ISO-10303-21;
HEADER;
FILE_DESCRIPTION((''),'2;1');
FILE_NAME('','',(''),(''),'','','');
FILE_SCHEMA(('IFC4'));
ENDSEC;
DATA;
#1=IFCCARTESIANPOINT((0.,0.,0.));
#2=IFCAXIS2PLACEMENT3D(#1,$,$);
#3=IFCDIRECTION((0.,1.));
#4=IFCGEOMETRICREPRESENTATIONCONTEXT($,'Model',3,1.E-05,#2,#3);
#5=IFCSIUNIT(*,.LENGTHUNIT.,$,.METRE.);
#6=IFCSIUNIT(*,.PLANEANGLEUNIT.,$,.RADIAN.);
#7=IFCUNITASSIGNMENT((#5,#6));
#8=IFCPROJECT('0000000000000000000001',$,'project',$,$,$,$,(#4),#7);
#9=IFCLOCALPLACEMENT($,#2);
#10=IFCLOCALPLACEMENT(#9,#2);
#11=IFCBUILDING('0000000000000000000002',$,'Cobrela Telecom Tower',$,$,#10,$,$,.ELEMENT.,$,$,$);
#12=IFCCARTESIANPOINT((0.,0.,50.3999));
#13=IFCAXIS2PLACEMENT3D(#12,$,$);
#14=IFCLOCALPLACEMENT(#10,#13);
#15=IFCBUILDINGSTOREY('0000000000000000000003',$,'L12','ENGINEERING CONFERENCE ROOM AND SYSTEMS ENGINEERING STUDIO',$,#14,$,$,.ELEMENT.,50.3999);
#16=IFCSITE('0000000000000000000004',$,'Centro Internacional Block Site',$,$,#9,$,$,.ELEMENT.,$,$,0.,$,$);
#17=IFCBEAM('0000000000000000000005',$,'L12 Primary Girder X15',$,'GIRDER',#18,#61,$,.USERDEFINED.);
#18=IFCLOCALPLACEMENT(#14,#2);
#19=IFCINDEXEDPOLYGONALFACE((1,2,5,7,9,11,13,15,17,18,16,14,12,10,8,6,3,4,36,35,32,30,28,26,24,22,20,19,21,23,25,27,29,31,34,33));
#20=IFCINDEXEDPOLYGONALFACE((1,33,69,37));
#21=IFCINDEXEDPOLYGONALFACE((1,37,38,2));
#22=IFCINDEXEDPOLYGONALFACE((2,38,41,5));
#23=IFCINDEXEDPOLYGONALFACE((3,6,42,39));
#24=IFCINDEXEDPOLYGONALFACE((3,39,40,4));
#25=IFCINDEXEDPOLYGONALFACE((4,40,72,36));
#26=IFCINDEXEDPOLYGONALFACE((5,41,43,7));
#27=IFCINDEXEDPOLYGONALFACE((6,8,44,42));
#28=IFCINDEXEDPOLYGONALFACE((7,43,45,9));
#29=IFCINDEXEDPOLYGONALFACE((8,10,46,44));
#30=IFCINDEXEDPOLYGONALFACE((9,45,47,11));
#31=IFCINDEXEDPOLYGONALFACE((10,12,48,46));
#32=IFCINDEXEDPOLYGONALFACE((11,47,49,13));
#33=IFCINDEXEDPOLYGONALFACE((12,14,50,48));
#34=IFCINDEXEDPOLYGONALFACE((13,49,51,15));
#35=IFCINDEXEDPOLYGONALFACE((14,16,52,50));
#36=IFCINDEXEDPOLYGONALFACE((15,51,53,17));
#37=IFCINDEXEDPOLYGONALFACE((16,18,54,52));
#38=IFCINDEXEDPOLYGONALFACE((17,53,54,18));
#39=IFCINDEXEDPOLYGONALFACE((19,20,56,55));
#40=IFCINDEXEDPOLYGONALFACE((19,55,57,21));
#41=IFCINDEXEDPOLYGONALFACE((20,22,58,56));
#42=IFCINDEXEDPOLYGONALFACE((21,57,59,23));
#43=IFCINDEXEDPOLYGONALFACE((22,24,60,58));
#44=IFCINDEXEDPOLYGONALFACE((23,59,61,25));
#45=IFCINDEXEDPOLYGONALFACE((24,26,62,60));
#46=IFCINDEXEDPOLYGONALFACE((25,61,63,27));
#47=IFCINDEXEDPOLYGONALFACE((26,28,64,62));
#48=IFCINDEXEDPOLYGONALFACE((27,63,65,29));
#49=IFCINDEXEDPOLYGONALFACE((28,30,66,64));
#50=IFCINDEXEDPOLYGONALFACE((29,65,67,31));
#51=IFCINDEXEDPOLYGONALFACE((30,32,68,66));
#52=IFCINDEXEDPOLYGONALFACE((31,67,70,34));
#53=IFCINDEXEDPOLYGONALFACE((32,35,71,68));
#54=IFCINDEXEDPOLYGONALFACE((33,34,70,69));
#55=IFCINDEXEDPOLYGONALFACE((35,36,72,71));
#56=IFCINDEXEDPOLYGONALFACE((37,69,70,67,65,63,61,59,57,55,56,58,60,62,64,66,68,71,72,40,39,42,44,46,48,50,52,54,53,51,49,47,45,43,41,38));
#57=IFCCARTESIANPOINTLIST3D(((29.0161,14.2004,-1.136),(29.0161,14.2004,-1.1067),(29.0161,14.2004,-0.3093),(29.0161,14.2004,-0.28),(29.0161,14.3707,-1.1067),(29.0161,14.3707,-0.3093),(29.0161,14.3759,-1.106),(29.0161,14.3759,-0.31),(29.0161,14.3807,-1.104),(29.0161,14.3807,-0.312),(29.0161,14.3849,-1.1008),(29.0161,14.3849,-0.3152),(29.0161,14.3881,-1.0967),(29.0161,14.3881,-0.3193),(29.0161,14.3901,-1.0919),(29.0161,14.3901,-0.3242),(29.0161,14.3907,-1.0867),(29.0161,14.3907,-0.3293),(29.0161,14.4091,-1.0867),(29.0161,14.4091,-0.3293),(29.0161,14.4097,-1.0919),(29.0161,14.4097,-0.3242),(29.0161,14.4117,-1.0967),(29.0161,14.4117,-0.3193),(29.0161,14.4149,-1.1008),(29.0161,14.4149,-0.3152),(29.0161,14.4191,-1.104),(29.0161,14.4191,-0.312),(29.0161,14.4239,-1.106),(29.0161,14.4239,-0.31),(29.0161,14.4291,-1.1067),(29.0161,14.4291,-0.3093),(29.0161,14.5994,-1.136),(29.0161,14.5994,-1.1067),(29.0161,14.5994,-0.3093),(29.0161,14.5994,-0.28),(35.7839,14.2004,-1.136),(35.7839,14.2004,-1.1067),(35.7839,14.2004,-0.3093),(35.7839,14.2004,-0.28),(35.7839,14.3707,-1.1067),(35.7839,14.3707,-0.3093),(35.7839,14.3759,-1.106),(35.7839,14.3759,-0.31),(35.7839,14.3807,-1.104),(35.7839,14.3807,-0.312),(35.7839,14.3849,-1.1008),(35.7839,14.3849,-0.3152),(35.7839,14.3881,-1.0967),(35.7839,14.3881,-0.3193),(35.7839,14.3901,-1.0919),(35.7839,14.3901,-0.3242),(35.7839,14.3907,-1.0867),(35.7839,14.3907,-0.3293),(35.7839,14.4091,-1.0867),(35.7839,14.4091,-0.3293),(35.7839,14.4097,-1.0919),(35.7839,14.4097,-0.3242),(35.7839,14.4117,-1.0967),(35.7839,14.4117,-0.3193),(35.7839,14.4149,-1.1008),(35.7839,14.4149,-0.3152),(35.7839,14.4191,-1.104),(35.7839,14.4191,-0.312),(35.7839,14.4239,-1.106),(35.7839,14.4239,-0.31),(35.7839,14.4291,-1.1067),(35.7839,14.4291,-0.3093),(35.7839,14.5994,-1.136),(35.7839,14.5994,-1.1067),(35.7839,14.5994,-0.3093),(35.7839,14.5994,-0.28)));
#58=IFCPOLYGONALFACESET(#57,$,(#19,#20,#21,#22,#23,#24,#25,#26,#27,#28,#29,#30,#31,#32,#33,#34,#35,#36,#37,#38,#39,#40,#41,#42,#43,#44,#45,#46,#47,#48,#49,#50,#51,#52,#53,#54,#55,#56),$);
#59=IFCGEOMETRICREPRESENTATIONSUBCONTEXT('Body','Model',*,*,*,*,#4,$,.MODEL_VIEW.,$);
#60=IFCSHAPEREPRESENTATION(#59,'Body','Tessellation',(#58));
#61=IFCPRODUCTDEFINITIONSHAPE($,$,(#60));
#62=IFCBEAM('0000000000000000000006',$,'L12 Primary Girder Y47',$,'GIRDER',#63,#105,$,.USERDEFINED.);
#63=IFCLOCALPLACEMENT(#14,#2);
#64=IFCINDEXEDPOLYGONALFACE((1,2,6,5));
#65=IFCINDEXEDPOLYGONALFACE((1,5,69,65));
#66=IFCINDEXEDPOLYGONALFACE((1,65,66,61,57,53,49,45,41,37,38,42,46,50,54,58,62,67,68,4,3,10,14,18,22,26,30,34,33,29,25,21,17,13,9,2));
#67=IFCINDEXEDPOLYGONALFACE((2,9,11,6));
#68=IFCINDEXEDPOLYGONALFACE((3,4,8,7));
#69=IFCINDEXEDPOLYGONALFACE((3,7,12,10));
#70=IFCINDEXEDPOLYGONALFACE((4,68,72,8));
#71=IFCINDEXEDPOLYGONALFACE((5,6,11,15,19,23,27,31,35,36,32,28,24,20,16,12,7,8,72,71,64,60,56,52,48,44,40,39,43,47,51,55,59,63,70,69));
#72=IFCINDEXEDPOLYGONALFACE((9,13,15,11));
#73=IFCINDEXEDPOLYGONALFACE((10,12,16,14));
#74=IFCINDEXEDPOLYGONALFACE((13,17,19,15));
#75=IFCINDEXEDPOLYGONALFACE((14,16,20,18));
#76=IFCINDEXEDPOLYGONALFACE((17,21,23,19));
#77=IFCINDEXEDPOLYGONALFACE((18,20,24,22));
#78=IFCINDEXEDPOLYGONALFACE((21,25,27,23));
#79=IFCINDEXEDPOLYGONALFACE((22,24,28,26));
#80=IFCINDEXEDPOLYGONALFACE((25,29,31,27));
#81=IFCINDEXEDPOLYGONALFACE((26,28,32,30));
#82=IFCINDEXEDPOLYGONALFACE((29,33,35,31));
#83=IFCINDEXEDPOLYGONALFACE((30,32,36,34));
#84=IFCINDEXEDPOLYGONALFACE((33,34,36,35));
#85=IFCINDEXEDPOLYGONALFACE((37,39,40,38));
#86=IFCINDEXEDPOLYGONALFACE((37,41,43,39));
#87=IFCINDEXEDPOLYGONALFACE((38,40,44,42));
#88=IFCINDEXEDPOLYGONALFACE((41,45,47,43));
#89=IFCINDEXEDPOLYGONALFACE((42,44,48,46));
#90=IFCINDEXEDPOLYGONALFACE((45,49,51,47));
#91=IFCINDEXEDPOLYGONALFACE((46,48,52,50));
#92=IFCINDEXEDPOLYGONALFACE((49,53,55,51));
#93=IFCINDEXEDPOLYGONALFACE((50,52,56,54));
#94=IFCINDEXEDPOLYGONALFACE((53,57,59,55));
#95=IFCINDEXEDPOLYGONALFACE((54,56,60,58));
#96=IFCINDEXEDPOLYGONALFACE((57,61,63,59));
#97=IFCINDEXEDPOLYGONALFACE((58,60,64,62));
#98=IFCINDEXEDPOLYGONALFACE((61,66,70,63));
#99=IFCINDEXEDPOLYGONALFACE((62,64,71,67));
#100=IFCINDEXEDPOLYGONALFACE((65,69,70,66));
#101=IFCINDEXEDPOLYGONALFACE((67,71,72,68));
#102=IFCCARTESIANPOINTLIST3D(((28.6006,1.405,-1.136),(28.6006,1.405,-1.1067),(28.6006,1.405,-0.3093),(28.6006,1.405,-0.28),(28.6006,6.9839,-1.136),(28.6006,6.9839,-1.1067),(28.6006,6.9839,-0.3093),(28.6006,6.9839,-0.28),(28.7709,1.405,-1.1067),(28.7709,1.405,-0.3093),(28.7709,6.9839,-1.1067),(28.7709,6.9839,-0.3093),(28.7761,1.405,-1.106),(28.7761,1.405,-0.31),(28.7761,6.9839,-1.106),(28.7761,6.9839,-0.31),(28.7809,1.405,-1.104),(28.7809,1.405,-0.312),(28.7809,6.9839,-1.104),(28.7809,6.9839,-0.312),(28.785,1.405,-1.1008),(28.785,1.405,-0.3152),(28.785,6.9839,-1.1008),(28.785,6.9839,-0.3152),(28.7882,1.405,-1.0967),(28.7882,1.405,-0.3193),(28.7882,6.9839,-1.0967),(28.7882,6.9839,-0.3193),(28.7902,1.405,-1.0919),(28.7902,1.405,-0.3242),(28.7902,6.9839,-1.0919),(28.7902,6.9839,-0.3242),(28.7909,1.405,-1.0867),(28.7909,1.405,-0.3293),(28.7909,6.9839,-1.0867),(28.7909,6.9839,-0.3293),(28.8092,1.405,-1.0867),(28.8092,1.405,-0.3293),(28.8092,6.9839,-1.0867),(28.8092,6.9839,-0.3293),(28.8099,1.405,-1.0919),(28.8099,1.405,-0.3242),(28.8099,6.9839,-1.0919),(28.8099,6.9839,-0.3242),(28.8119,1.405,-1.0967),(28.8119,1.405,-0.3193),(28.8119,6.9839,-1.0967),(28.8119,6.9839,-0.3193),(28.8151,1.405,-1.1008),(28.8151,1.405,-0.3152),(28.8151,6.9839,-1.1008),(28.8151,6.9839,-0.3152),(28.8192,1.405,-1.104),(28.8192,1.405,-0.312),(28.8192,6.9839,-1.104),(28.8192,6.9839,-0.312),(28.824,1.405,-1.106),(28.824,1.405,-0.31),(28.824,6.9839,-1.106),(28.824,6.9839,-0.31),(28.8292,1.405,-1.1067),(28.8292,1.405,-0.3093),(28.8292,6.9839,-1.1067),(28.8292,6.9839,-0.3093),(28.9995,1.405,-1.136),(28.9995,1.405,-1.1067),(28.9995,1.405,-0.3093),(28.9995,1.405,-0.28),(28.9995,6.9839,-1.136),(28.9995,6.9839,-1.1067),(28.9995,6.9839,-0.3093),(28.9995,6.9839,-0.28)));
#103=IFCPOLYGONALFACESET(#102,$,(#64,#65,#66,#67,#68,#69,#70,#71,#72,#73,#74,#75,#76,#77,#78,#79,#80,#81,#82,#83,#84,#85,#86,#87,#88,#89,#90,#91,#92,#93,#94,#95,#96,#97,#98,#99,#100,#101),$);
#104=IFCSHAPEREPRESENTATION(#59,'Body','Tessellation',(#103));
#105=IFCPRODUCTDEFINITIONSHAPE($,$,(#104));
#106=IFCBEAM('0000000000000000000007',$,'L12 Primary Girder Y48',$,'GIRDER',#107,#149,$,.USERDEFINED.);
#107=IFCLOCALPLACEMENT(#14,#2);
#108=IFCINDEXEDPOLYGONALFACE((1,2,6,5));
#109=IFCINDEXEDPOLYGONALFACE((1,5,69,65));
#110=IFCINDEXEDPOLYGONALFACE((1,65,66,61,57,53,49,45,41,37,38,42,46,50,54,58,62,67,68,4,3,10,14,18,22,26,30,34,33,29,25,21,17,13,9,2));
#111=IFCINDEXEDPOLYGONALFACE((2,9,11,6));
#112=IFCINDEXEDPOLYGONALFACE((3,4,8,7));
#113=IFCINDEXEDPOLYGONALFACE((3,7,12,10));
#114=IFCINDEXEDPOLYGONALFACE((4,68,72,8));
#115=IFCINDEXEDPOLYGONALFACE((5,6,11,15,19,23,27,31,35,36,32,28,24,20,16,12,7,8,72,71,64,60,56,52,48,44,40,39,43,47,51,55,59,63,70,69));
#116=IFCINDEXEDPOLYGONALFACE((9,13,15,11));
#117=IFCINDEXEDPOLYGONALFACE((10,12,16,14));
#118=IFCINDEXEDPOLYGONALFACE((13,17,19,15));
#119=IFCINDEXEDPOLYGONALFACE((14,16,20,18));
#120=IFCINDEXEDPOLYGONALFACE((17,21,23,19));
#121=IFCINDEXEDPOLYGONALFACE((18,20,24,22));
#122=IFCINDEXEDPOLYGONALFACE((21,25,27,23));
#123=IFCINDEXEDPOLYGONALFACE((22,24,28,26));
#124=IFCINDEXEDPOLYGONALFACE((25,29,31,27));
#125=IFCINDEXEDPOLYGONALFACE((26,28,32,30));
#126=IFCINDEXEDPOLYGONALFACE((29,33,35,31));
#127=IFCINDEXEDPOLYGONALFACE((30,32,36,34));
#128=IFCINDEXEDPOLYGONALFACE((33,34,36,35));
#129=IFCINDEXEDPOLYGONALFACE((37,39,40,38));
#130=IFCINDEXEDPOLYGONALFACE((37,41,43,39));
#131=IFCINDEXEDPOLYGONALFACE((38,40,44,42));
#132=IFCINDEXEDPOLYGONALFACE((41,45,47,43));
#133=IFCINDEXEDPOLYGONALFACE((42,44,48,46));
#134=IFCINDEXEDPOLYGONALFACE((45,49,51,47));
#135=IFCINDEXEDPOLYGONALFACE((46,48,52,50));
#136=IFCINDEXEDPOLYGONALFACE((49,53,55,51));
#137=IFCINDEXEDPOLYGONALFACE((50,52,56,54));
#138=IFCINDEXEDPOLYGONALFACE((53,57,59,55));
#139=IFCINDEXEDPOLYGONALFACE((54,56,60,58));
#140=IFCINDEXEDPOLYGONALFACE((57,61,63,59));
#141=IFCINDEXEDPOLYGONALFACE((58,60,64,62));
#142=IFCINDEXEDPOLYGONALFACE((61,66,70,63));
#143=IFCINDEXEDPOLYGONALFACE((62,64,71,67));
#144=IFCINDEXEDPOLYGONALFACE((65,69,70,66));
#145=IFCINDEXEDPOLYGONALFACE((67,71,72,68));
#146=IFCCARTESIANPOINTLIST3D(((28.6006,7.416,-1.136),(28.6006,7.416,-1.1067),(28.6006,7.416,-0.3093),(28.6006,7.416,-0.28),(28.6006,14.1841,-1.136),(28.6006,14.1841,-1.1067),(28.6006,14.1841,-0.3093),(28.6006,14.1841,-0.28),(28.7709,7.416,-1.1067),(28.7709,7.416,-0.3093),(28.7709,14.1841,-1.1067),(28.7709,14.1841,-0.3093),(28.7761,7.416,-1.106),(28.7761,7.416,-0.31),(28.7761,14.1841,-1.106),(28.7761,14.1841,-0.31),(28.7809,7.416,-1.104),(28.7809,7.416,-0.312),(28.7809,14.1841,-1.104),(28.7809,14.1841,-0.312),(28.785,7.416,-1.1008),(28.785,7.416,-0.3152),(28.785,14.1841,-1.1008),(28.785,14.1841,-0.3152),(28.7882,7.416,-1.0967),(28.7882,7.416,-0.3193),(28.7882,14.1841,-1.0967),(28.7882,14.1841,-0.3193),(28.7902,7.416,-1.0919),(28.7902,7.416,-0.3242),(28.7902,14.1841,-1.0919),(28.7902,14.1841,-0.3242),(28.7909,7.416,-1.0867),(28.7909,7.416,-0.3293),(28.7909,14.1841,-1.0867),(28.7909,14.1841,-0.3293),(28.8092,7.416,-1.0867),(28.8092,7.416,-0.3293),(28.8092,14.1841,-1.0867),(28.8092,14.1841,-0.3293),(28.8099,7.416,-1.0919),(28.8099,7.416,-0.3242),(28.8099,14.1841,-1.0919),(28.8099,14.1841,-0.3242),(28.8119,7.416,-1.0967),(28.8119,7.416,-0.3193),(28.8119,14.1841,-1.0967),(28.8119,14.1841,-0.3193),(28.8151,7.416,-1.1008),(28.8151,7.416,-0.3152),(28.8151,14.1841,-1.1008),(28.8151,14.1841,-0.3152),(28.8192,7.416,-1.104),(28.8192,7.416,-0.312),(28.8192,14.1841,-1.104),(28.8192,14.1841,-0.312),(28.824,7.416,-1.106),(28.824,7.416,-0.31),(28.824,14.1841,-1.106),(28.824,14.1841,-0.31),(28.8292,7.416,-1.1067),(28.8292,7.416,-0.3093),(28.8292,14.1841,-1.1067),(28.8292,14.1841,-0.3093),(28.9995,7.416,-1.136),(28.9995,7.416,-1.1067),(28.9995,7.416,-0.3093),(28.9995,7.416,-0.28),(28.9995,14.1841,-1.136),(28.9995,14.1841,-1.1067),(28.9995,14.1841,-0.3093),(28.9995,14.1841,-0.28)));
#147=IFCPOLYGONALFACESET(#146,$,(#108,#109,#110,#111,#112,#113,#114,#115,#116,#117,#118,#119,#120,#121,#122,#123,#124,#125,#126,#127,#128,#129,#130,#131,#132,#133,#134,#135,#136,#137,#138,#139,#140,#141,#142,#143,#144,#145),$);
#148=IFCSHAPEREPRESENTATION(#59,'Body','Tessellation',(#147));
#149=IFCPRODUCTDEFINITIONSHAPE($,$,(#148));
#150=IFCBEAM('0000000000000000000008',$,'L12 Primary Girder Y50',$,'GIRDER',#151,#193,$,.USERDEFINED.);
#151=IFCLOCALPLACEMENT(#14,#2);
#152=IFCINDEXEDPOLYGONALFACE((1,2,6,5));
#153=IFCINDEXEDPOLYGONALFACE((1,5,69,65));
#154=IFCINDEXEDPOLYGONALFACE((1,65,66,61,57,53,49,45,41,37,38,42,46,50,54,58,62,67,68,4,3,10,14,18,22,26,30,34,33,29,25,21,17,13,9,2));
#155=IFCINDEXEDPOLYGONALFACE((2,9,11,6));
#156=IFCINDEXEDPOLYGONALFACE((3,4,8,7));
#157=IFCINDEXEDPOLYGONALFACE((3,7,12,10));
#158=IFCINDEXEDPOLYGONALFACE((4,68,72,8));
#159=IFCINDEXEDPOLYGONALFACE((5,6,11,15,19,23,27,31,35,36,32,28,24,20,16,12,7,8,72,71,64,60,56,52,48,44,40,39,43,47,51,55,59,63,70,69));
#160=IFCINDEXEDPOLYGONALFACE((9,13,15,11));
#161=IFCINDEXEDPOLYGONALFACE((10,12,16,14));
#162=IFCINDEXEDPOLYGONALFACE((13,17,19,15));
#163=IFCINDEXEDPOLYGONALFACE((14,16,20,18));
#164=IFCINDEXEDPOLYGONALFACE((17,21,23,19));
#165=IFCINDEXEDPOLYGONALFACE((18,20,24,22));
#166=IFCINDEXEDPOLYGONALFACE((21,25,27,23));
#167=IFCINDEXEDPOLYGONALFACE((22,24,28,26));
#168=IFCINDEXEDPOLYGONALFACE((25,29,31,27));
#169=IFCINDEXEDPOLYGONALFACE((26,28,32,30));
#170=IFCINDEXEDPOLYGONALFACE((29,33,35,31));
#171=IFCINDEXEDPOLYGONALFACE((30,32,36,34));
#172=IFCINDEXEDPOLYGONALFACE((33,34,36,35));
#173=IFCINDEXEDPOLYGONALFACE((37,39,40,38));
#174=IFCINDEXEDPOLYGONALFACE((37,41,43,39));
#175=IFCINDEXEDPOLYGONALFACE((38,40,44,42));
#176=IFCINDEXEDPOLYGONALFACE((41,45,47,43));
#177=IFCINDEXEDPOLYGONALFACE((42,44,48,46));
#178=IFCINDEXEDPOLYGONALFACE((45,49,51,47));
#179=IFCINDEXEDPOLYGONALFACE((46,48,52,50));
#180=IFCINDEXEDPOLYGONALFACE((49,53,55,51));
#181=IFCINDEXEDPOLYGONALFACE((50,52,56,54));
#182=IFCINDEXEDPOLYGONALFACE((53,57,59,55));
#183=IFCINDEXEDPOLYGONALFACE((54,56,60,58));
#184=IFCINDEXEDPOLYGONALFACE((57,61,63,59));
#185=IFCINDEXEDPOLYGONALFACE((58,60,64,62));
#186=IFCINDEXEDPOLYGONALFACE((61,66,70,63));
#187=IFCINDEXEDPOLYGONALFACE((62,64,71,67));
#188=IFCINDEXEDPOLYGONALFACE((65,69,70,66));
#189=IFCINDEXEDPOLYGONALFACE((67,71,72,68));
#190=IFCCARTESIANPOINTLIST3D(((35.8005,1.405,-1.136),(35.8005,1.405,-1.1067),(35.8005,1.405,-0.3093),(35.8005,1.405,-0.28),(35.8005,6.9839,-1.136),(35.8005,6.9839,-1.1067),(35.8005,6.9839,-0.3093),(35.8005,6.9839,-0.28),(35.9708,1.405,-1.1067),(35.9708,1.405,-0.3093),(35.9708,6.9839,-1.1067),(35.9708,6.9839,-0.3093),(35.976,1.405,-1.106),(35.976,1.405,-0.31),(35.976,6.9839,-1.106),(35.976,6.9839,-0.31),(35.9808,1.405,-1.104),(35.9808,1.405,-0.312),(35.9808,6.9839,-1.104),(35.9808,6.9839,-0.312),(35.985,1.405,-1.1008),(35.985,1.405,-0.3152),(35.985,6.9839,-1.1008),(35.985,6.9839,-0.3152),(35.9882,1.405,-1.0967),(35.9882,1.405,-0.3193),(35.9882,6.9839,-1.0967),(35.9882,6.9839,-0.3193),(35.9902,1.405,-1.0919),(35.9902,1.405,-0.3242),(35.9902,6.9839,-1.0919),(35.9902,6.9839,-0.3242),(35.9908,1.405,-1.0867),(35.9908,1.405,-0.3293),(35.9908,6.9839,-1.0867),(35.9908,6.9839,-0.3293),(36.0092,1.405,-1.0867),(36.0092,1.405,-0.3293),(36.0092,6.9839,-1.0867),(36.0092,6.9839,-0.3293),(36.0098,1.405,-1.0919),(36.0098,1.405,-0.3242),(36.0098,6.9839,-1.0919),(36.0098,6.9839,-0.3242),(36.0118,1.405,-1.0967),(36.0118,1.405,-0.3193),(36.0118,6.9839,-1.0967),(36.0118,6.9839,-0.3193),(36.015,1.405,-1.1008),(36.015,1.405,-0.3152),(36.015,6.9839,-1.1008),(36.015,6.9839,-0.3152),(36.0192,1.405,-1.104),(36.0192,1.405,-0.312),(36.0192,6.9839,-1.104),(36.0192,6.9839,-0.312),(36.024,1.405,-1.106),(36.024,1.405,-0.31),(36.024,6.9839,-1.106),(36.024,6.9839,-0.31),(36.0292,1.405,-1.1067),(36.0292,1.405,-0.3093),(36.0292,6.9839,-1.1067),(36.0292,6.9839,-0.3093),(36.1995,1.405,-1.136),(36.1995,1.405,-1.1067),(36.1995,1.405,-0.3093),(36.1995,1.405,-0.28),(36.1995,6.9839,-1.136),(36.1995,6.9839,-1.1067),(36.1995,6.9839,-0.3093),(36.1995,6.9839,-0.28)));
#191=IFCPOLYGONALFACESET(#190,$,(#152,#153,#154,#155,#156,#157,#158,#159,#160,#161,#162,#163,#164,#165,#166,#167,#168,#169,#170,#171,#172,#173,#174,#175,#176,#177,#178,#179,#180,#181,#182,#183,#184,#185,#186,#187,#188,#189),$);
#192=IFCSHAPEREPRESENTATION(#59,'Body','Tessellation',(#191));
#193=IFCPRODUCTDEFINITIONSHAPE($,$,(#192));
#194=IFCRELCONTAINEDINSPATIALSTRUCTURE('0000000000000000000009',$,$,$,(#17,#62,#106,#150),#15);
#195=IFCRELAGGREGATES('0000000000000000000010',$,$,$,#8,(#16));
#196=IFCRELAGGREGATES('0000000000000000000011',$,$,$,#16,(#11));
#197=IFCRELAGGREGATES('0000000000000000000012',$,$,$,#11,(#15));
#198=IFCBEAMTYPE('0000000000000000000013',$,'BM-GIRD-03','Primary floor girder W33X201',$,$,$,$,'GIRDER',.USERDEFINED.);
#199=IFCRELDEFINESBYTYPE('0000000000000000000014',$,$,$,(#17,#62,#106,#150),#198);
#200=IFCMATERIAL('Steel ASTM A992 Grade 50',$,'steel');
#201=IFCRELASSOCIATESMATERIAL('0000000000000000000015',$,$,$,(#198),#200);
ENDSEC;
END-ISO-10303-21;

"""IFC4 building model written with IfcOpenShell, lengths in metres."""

from ifc_helpers import new_model, si_unit, direction, frame, origin, origin_2d, place, context, subcontext, project, spatial, i_section, extrude, material, material_profile, profile_set, type_object, element, save


model = new_model("IFC4")

# Units and contexts
model_context = context("Model", 3, precision=1e-05, world=origin(), true_north=direction((0.0, 1.0)))
body_context = subcontext(model_context, "Body", "Model", "MODEL_VIEW")
ifc_project = project(units=[si_unit("LENGTHUNIT", "METRE"), si_unit("PLANEANGLEUNIT", "RADIAN")], contexts=[model_context])

# Site, building, storey
site_placement = place(None, origin())
site = spatial("IfcSite", under=ifc_project, at=site_placement, Name="Centro Internacional Block Site", CompositionType="ELEMENT", RefElevation=0.0)
building_placement = place(site_placement, origin())
building = spatial("IfcBuilding", under=site, at=building_placement, Name="Cobrela Telecom Tower", CompositionType="ELEMENT")
storey_placement = place(building_placement, frame((0.0, 0.0, 50.3999)))
storey = spatial("IfcBuildingStorey", under=building, at=storey_placement, Name="L12", Description="ENGINEERING CONFERENCE ROOM AND SYSTEMS ENGINEERING STUDIO", CompositionType="ELEMENT", Elevation=50.3999)

# Shared definitions
ifc_material_1 = material(Name="Steel ASTM A992 Grade 50", Category="steel")

# Beams
ifc_material_profile_1 = material_profile(ifc_material_1, i_section(OverallWidth=0.3989, OverallDepth=0.856, WebThickness=0.0183, FlangeThickness=0.0293, FilletRadius=0.02, at=origin_2d()), Name="W33X201")
ifc_profile_set_1 = profile_set([ifc_material_profile_1], Name="Steel ASTM A992 Grade 50")
beam_type_1 = type_object("IfcBeamType", Name="BM-GIRD-03", Description="Primary floor girder W33X201", ElementType="GIRDER", PredefinedType="USERDEFINED", material=ifc_profile_set_1)
for number, where, z_axis, x_axis, name in (
    (1, (29.0161, 14.3999, -0.708), (1.0, 0.0, 0.0), (0.0, 1.0, 0.0), "L12 Primary Girder X15"),
):
    element("IfcBeam", number, at=place(storey_placement, frame(where, z_axis=z_axis, x_axis=x_axis)), inside=storey, type_object=beam_type_1, Name=name, ObjectType="GIRDER", PredefinedType="USERDEFINED", context=body_context, shape_type="SweptSolid", body=[
        extrude(i_section(OverallWidth=0.3989, OverallDepth=0.856, WebThickness=0.0183, FlangeThickness=0.0293, FilletRadius=0.02, at=origin_2d()), origin(), (0.0, 0.0, 1.0), 6.7678),
    ])
beam_1_placement = place(storey_placement, frame((28.8, 1.405, -0.708), z_axis=(0.0, 1.0, 0.0), x_axis=(-1.0, 0.0, 0.0)))
element("IfcBeam", 2, at=beam_1_placement, inside=storey, type_object=beam_type_1, Name="L12 Primary Girder Y47", ObjectType="GIRDER", PredefinedType="USERDEFINED", context=body_context, shape_type="SweptSolid", body=[
    extrude(i_section(OverallWidth=0.3989, OverallDepth=0.856, WebThickness=0.0183, FlangeThickness=0.0293, FilletRadius=0.02, at=origin_2d()), origin(), (0.0, 0.0, 1.0), 5.5789),
])
beam_2_placement = place(storey_placement, frame((28.8, 7.416, -0.708), z_axis=(0.0, 1.0, 0.0), x_axis=(-1.0, 0.0, 0.0)))
element("IfcBeam", 3, at=beam_2_placement, inside=storey, type_object=beam_type_1, Name="L12 Primary Girder Y48", ObjectType="GIRDER", PredefinedType="USERDEFINED", context=body_context, shape_type="SweptSolid", body=[
    extrude(i_section(OverallWidth=0.3989, OverallDepth=0.856, WebThickness=0.0183, FlangeThickness=0.0293, FilletRadius=0.02, at=origin_2d()), origin(), (0.0, 0.0, 1.0), 6.7681),
])
beam_3_placement = place(storey_placement, frame((36.0, 1.405, -0.708), z_axis=(0.0, 1.0, 0.0), x_axis=(-1.0, 0.0, 0.0)))
element("IfcBeam", 4, at=beam_3_placement, inside=storey, type_object=beam_type_1, Name="L12 Primary Girder Y50", ObjectType="GIRDER", PredefinedType="USERDEFINED", context=body_context, shape_type="SweptSolid", body=[
    extrude(i_section(OverallWidth=0.3989, OverallDepth=0.856, WebThickness=0.0183, FlangeThickness=0.0293, FilletRadius=0.02, at=origin_2d()), origin(), (0.0, 0.0, 1.0), 5.5789),
])

save(model, "model.ifc")
